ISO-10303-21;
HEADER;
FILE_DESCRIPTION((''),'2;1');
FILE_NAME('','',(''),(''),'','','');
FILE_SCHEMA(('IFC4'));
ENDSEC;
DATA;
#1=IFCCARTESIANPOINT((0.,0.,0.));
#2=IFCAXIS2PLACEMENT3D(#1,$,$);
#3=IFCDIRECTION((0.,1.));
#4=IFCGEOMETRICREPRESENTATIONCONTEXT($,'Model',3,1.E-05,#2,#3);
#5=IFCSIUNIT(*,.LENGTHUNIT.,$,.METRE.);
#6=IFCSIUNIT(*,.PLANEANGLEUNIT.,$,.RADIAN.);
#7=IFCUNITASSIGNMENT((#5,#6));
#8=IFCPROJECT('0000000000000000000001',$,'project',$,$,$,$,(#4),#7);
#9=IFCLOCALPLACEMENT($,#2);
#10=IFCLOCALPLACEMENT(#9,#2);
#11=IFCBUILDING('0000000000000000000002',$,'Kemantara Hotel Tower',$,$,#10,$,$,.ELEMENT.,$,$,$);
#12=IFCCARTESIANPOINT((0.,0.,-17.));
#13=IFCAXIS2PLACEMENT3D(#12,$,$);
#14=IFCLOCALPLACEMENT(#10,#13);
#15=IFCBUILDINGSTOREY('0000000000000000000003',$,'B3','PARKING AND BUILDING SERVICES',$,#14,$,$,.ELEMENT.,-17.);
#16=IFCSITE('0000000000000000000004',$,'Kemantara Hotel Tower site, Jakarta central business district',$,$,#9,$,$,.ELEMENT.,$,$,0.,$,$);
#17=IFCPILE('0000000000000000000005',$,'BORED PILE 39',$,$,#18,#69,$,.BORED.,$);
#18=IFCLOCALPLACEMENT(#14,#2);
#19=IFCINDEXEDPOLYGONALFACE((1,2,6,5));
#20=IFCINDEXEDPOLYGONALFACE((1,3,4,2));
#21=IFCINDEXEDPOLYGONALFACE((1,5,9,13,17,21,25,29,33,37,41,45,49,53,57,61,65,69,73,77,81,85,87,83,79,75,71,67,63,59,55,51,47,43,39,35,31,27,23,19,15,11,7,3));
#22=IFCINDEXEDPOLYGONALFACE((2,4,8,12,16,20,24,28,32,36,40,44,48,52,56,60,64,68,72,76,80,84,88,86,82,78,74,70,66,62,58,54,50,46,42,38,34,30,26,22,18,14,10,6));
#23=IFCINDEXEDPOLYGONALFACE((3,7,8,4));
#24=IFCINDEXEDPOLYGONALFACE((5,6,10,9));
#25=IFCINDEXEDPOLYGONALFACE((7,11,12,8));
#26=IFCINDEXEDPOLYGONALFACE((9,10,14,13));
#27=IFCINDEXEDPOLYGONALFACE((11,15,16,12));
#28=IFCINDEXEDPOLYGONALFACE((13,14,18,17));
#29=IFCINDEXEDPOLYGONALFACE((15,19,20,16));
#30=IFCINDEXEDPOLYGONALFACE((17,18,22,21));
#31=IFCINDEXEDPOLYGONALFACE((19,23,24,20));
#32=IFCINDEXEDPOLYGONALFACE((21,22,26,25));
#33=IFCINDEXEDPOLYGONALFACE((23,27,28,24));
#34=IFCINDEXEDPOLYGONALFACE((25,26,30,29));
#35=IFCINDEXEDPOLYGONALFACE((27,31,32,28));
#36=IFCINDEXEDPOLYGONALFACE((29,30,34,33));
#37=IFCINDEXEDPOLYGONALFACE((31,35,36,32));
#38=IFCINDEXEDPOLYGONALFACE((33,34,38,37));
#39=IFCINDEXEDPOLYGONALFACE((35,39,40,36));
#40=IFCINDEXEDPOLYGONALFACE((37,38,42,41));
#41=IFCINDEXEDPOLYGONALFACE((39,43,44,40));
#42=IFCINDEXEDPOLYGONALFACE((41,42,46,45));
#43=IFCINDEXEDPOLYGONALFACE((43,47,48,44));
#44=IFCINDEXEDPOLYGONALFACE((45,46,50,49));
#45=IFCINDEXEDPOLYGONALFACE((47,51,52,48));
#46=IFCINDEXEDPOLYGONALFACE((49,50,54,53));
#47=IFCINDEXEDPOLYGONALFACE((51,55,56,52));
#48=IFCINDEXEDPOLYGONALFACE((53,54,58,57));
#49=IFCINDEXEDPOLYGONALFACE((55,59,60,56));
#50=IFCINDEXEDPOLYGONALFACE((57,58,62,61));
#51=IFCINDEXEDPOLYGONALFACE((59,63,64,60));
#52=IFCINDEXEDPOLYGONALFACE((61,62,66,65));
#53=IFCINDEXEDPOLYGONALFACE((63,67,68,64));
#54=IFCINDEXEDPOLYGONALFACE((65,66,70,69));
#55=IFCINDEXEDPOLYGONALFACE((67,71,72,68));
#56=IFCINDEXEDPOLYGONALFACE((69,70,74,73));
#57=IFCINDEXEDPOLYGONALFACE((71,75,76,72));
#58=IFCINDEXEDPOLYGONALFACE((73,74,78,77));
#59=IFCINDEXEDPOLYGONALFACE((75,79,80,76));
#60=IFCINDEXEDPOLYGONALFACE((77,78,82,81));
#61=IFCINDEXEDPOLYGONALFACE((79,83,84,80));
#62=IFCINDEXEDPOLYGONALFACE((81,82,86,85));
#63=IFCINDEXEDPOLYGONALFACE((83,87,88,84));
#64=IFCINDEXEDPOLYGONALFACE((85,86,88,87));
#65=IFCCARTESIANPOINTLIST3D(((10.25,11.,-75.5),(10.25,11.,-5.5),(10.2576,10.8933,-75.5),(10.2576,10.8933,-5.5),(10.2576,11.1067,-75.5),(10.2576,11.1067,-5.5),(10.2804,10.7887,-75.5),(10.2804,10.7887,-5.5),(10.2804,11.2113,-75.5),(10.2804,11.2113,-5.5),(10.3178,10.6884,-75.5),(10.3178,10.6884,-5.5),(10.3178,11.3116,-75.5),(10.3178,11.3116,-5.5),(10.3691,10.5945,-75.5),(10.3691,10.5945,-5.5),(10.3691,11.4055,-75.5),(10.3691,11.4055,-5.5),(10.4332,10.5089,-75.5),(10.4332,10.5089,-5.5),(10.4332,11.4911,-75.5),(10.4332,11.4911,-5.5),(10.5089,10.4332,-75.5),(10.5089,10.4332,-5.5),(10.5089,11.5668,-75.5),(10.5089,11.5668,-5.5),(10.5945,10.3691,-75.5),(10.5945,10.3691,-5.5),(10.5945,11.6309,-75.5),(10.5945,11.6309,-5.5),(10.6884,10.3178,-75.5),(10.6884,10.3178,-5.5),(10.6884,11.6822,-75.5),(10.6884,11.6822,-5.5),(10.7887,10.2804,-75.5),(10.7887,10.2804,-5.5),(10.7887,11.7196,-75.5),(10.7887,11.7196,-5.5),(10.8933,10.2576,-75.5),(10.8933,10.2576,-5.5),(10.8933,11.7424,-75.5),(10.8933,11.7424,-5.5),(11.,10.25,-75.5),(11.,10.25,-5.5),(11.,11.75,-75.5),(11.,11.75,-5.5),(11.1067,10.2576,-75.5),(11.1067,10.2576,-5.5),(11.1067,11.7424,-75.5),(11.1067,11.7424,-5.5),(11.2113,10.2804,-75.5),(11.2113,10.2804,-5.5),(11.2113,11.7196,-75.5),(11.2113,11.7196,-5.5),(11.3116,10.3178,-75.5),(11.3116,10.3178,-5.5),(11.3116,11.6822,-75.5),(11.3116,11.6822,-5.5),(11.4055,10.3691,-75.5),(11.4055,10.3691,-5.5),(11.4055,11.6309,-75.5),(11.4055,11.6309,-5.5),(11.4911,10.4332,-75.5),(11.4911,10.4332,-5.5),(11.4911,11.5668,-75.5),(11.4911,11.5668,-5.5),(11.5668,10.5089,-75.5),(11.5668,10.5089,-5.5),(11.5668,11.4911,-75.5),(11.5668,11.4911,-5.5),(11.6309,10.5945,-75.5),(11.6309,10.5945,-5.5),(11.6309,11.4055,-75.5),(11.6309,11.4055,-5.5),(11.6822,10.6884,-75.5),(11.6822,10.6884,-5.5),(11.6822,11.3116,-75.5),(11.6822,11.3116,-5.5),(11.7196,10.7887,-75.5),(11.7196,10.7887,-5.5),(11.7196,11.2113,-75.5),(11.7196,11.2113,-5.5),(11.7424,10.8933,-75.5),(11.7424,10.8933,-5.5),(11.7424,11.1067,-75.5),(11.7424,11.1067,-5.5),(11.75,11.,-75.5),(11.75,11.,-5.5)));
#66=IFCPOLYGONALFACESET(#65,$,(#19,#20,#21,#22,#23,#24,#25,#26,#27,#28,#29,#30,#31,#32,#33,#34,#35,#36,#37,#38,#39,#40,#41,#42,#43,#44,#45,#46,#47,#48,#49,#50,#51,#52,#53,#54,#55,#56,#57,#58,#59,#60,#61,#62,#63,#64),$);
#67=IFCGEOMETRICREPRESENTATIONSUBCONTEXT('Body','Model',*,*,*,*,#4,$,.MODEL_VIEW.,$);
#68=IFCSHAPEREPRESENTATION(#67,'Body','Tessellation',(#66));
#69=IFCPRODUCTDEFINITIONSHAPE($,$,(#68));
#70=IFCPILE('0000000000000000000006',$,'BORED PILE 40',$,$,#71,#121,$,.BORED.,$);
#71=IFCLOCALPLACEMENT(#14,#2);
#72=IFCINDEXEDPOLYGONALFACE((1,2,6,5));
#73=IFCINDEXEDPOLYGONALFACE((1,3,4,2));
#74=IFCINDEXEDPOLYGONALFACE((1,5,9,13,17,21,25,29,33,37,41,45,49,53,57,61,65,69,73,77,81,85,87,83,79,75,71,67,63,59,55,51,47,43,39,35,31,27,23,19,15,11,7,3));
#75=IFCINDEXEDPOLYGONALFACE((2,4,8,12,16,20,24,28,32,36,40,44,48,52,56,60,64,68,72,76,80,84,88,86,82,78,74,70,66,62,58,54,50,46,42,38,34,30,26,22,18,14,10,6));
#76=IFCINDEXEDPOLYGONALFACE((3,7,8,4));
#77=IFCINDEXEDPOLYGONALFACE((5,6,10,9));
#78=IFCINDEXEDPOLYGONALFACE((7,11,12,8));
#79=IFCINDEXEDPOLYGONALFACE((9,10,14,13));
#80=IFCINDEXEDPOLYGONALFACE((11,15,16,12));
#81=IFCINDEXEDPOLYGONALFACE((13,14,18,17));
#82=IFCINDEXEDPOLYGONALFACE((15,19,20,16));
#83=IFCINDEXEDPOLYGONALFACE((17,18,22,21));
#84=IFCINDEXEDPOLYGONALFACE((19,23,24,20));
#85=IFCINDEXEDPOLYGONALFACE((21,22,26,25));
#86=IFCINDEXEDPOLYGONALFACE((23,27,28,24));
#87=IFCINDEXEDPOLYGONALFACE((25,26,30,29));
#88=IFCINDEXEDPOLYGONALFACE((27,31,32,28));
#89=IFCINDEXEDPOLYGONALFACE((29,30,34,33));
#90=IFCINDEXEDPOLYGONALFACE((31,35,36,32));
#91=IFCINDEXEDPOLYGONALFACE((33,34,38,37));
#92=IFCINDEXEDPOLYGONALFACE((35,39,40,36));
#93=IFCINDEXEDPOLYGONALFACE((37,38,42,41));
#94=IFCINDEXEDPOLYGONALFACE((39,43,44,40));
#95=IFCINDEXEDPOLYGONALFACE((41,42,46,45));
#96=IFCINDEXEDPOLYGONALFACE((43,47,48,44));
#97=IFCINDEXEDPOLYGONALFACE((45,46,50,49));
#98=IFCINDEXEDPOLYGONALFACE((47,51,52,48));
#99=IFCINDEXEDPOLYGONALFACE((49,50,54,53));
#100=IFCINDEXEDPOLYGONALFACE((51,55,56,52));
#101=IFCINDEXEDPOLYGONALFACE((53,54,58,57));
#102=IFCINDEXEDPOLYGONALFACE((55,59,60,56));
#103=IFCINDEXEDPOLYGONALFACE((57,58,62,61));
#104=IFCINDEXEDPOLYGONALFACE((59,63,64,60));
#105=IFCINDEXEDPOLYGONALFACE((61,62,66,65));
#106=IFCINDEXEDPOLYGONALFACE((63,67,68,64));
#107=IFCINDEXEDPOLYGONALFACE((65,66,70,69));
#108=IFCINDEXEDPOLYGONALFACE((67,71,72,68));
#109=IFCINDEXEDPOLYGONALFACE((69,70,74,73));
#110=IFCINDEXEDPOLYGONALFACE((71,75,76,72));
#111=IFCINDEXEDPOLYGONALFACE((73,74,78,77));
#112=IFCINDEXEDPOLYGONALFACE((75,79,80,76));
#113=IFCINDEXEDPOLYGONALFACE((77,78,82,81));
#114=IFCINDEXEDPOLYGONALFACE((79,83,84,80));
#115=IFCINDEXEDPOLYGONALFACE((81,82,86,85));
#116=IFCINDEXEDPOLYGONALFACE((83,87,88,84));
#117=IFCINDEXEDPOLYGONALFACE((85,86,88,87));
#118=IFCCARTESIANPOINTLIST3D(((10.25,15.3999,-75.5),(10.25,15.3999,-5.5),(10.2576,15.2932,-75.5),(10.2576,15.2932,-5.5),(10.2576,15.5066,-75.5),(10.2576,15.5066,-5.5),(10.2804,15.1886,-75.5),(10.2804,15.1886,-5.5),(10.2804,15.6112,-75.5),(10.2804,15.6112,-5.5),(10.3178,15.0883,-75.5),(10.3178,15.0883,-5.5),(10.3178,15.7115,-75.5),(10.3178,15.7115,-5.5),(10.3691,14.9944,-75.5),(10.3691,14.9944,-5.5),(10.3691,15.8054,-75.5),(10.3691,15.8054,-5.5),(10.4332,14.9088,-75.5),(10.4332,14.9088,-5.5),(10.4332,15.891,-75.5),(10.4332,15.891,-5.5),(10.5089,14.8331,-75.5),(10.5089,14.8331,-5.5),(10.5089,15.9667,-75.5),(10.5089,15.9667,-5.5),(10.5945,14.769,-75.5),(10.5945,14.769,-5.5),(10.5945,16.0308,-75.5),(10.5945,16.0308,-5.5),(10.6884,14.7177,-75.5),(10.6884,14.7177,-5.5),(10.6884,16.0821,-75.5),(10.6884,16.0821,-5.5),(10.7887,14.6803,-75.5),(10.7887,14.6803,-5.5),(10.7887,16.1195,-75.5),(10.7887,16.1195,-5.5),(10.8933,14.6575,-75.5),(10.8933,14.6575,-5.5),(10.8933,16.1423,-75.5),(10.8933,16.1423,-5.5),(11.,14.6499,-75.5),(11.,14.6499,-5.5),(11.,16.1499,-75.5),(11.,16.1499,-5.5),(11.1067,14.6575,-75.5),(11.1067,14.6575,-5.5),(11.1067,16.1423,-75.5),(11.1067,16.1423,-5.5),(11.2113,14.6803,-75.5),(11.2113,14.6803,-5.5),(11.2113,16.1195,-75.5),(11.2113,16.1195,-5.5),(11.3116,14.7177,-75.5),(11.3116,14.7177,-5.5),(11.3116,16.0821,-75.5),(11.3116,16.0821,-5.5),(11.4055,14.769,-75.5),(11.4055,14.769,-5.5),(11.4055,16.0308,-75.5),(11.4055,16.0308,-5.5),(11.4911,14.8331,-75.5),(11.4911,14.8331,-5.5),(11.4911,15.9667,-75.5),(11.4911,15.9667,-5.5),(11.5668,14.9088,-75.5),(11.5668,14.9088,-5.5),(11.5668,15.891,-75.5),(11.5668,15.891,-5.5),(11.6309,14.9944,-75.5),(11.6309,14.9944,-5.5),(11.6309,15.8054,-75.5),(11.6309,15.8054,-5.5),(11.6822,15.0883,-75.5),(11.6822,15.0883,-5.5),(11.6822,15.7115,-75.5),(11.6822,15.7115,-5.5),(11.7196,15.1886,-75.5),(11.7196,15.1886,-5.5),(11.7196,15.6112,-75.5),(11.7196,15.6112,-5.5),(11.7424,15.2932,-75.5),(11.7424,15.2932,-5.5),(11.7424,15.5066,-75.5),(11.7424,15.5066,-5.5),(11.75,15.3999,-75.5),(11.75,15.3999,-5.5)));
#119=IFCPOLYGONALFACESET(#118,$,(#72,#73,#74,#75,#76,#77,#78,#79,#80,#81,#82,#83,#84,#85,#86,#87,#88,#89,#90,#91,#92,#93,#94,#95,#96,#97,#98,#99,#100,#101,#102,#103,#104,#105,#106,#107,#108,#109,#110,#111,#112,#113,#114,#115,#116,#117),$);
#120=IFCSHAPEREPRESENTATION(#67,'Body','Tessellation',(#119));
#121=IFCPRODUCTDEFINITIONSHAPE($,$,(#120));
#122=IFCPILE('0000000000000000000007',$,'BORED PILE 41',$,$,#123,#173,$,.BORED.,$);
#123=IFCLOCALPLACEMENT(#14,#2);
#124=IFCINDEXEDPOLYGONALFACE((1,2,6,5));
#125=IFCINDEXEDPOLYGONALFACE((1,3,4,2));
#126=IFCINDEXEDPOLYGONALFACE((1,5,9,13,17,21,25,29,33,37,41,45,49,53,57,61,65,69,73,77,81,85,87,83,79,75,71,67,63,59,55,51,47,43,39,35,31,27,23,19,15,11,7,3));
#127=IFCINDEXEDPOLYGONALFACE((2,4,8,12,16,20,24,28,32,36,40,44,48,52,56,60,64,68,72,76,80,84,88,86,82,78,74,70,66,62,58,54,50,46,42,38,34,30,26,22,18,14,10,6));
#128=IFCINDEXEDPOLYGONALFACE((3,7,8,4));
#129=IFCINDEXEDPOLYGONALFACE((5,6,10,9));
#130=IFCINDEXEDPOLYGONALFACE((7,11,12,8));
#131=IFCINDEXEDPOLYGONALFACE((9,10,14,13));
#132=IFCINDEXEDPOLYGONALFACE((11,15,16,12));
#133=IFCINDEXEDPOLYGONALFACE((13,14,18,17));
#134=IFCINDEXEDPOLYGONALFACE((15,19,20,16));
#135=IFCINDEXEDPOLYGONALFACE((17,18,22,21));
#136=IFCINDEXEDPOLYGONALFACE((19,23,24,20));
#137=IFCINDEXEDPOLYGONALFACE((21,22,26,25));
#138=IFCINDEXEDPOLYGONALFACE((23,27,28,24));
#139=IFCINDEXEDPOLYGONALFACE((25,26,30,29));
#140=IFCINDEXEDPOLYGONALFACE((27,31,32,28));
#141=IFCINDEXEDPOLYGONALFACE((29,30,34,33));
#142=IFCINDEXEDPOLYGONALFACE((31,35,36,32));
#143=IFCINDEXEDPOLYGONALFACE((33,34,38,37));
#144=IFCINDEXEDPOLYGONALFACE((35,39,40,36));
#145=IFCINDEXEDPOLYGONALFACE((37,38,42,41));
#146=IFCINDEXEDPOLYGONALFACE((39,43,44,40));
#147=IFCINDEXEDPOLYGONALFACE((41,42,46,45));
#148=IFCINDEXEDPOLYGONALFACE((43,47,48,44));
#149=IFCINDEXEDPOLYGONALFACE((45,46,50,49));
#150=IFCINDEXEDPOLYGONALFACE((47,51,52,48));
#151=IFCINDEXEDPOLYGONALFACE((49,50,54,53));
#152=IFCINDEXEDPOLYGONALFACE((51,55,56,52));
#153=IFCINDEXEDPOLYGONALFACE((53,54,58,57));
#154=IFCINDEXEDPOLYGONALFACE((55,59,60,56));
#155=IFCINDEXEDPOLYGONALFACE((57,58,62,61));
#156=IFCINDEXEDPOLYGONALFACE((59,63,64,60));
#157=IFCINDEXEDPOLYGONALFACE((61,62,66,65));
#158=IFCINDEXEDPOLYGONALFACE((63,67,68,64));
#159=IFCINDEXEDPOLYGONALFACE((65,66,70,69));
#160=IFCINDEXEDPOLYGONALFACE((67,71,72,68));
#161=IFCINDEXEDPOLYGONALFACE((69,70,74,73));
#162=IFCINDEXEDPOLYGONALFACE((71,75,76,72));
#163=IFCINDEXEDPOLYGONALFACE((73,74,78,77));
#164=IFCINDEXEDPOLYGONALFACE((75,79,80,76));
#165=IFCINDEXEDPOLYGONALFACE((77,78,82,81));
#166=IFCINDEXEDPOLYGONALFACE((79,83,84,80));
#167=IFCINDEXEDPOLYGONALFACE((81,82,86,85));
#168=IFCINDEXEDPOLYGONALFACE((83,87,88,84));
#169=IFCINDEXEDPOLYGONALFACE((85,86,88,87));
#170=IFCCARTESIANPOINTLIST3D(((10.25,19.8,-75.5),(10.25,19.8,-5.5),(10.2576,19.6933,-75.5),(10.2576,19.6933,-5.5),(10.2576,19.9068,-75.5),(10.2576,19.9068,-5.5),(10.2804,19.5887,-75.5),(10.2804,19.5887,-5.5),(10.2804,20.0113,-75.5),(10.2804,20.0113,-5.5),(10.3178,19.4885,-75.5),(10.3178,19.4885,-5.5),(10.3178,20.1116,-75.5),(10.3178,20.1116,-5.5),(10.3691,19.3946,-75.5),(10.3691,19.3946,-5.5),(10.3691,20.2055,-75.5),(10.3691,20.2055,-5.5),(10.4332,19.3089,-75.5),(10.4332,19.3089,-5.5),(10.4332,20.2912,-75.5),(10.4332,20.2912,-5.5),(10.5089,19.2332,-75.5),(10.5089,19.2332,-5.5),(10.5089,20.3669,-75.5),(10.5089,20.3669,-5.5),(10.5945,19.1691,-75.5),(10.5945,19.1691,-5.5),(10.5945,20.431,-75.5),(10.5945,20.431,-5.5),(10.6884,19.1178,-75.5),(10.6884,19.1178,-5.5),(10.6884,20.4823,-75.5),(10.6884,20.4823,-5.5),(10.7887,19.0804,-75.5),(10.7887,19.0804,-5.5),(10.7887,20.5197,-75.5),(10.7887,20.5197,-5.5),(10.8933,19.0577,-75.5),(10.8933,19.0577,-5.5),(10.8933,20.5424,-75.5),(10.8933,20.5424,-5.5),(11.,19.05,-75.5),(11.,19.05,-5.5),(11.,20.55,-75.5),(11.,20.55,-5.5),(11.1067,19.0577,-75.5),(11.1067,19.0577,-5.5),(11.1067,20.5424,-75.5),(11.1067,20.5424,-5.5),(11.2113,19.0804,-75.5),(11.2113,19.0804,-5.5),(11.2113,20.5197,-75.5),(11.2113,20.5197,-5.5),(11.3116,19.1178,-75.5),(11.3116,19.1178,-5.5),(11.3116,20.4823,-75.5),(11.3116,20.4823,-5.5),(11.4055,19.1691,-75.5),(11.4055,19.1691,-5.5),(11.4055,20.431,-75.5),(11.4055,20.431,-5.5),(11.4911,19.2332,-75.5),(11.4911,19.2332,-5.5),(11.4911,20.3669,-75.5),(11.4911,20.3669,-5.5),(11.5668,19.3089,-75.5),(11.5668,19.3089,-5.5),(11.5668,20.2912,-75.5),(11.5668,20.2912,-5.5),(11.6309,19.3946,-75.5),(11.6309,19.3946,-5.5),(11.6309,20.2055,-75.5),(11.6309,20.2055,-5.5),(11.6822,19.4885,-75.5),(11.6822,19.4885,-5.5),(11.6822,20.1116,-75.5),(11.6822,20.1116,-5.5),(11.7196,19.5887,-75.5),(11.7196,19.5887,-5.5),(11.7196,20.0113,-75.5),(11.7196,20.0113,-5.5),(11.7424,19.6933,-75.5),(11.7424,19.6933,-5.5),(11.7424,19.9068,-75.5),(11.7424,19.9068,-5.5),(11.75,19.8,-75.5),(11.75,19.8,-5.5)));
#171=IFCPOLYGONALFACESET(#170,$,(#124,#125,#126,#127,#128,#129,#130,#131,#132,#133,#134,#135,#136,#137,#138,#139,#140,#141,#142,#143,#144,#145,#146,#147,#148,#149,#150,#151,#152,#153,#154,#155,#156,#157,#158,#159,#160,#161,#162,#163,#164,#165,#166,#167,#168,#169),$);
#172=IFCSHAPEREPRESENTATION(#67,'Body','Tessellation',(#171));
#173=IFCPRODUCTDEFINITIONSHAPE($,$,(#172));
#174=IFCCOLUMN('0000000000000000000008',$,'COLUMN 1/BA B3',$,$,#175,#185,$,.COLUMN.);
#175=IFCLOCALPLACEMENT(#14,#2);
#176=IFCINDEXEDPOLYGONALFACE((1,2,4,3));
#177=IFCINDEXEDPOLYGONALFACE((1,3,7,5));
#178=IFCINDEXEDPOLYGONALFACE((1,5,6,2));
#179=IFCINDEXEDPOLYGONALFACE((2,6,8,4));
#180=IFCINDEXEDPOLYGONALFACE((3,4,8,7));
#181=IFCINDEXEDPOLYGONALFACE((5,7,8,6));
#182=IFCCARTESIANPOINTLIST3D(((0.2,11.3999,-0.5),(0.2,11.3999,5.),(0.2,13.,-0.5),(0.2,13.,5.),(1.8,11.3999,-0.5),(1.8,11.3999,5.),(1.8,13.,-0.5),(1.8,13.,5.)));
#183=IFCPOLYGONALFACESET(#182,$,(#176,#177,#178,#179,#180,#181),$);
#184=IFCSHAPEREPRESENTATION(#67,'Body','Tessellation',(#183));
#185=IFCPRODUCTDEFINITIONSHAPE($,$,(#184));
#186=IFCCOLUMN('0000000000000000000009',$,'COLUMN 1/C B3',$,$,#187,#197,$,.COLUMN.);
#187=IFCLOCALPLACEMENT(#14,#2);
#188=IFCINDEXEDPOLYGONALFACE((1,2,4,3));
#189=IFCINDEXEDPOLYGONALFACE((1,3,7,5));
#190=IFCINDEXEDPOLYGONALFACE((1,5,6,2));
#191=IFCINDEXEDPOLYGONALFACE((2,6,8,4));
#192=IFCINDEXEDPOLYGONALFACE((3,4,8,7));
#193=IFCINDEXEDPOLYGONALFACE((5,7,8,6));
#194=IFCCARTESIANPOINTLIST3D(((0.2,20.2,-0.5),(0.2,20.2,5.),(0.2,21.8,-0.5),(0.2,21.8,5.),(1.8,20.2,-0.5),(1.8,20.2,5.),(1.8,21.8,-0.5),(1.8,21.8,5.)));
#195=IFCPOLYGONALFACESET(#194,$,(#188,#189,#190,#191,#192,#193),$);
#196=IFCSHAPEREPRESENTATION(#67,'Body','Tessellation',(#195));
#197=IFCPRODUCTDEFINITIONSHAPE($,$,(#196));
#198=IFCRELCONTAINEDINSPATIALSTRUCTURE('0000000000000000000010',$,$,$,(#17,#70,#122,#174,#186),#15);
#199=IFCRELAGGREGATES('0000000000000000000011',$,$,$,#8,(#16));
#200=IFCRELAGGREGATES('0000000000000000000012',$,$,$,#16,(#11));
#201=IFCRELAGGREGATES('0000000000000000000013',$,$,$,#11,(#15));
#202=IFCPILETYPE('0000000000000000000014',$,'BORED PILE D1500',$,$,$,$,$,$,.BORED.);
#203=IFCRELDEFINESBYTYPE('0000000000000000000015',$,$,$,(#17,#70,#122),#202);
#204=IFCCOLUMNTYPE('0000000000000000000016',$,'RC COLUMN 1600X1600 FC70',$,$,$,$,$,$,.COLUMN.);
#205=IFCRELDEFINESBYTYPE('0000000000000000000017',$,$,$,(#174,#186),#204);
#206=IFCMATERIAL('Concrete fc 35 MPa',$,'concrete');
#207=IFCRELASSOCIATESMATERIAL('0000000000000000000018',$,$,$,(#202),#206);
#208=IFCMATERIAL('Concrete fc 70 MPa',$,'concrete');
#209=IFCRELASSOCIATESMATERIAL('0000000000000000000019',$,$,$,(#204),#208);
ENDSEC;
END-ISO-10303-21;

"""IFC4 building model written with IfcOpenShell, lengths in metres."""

from ifc_helpers import new_model, si_unit, direction, frame, origin, origin_2d, place, context, subcontext, project, spatial, rectangle, circle, extrude, material, material_profile, profile_set, type_object, element, save


model = new_model("IFC4")

# Units and contexts
model_context = context("Model", 3, precision=1e-05, world=origin(), true_north=direction((0.0, 1.0)))
body_context = subcontext(model_context, "Body", "Model", "MODEL_VIEW")
ifc_project = project(units=[si_unit("LENGTHUNIT", "METRE"), si_unit("PLANEANGLEUNIT", "RADIAN")], contexts=[model_context])

# Site, building, storey
site_placement = place(None, origin())
site = spatial("IfcSite", under=ifc_project, at=site_placement, Name="Kemantara Hotel Tower site, Jakarta central business district", CompositionType="ELEMENT", RefElevation=0.0)
building_placement = place(site_placement, origin())
building = spatial("IfcBuilding", under=site, at=building_placement, Name="Kemantara Hotel Tower", CompositionType="ELEMENT")
storey_placement = place(building_placement, frame((0.0, 0.0, -17.0)))
storey = spatial("IfcBuildingStorey", under=building, at=storey_placement, Name="B3", Description="PARKING AND BUILDING SERVICES", CompositionType="ELEMENT", Elevation=-17.0)

# Piles
ifc_material_1 = material(Name="Concrete fc 35 MPa", Category="concrete")
ifc_material_profile_1 = material_profile(ifc_material_1, circle(Radius=0.75, at=origin_2d()), Name="BORED PILE D1500")
ifc_profile_set_1 = profile_set([ifc_material_profile_1], Name="Concrete fc 35 MPa")
pile_type = type_object("IfcPileType", Name="BORED PILE D1500", PredefinedType="BORED", material=ifc_profile_set_1)
for number, where, z_axis, x_axis, name in (
    (1, (11.0, 11.0, -5.5), (0.0, 0.0, -1.0), (1.0, 0.0, 0.0), "BORED PILE 39"),
    (2, (11.0, 15.3999, -5.5), (0.0, 0.0, -1.0), (1.0, 0.0, 0.0), "BORED PILE 40"),
    (3, (11.0, 19.8, -5.5), (0.0, 0.0, -1.0), (1.0, 0.0, 0.0), "BORED PILE 41"),
):
    element("IfcPile", number, at=place(storey_placement, frame(where, z_axis=z_axis, x_axis=x_axis)), inside=storey, type_object=pile_type, Name=name, PredefinedType="BORED", context=body_context, shape_type="SweptSolid", body=[
        extrude(circle(Radius=0.75, at=origin_2d()), origin(), (0.0, 0.0, 1.0), 70.0),
    ])

# Columns
ifc_material_2 = material(Name="Concrete fc 70 MPa", Category="concrete")
ifc_material_profile_2 = material_profile(ifc_material_2, rectangle(XDim=1.6001, YDim=1.6001, at=origin_2d()), Name="RC 1600X1600")
ifc_profile_set_2 = profile_set([ifc_material_profile_2], Name="Concrete fc 70 MPa")
column_type_1 = type_object("IfcColumnType", Name="RC COLUMN 1600X1600 FC70", PredefinedType="COLUMN", material=ifc_profile_set_2)
for number, where, z_axis, x_axis, name in (
    (4, (1.0, 12.2, -0.5), (0.0, 0.0, 1.0), (1.0, 0.0, 0.0), "COLUMN 1/BA B3"),
    (5, (1.0, 21.0, -0.5), (0.0, 0.0, 1.0), (1.0, 0.0, 0.0), "COLUMN 1/C B3"),
):
    element("IfcColumn", number, at=place(storey_placement, frame(where, z_axis=z_axis, x_axis=x_axis)), inside=storey, type_object=column_type_1, Name=name, PredefinedType="COLUMN", context=body_context, shape_type="SweptSolid", body=[
        extrude(rectangle(XDim=1.6001, YDim=1.6001, at=origin_2d()), origin(), (0.0, 0.0, 1.0), 5.5),
    ])

save(model, "model.ifc")
